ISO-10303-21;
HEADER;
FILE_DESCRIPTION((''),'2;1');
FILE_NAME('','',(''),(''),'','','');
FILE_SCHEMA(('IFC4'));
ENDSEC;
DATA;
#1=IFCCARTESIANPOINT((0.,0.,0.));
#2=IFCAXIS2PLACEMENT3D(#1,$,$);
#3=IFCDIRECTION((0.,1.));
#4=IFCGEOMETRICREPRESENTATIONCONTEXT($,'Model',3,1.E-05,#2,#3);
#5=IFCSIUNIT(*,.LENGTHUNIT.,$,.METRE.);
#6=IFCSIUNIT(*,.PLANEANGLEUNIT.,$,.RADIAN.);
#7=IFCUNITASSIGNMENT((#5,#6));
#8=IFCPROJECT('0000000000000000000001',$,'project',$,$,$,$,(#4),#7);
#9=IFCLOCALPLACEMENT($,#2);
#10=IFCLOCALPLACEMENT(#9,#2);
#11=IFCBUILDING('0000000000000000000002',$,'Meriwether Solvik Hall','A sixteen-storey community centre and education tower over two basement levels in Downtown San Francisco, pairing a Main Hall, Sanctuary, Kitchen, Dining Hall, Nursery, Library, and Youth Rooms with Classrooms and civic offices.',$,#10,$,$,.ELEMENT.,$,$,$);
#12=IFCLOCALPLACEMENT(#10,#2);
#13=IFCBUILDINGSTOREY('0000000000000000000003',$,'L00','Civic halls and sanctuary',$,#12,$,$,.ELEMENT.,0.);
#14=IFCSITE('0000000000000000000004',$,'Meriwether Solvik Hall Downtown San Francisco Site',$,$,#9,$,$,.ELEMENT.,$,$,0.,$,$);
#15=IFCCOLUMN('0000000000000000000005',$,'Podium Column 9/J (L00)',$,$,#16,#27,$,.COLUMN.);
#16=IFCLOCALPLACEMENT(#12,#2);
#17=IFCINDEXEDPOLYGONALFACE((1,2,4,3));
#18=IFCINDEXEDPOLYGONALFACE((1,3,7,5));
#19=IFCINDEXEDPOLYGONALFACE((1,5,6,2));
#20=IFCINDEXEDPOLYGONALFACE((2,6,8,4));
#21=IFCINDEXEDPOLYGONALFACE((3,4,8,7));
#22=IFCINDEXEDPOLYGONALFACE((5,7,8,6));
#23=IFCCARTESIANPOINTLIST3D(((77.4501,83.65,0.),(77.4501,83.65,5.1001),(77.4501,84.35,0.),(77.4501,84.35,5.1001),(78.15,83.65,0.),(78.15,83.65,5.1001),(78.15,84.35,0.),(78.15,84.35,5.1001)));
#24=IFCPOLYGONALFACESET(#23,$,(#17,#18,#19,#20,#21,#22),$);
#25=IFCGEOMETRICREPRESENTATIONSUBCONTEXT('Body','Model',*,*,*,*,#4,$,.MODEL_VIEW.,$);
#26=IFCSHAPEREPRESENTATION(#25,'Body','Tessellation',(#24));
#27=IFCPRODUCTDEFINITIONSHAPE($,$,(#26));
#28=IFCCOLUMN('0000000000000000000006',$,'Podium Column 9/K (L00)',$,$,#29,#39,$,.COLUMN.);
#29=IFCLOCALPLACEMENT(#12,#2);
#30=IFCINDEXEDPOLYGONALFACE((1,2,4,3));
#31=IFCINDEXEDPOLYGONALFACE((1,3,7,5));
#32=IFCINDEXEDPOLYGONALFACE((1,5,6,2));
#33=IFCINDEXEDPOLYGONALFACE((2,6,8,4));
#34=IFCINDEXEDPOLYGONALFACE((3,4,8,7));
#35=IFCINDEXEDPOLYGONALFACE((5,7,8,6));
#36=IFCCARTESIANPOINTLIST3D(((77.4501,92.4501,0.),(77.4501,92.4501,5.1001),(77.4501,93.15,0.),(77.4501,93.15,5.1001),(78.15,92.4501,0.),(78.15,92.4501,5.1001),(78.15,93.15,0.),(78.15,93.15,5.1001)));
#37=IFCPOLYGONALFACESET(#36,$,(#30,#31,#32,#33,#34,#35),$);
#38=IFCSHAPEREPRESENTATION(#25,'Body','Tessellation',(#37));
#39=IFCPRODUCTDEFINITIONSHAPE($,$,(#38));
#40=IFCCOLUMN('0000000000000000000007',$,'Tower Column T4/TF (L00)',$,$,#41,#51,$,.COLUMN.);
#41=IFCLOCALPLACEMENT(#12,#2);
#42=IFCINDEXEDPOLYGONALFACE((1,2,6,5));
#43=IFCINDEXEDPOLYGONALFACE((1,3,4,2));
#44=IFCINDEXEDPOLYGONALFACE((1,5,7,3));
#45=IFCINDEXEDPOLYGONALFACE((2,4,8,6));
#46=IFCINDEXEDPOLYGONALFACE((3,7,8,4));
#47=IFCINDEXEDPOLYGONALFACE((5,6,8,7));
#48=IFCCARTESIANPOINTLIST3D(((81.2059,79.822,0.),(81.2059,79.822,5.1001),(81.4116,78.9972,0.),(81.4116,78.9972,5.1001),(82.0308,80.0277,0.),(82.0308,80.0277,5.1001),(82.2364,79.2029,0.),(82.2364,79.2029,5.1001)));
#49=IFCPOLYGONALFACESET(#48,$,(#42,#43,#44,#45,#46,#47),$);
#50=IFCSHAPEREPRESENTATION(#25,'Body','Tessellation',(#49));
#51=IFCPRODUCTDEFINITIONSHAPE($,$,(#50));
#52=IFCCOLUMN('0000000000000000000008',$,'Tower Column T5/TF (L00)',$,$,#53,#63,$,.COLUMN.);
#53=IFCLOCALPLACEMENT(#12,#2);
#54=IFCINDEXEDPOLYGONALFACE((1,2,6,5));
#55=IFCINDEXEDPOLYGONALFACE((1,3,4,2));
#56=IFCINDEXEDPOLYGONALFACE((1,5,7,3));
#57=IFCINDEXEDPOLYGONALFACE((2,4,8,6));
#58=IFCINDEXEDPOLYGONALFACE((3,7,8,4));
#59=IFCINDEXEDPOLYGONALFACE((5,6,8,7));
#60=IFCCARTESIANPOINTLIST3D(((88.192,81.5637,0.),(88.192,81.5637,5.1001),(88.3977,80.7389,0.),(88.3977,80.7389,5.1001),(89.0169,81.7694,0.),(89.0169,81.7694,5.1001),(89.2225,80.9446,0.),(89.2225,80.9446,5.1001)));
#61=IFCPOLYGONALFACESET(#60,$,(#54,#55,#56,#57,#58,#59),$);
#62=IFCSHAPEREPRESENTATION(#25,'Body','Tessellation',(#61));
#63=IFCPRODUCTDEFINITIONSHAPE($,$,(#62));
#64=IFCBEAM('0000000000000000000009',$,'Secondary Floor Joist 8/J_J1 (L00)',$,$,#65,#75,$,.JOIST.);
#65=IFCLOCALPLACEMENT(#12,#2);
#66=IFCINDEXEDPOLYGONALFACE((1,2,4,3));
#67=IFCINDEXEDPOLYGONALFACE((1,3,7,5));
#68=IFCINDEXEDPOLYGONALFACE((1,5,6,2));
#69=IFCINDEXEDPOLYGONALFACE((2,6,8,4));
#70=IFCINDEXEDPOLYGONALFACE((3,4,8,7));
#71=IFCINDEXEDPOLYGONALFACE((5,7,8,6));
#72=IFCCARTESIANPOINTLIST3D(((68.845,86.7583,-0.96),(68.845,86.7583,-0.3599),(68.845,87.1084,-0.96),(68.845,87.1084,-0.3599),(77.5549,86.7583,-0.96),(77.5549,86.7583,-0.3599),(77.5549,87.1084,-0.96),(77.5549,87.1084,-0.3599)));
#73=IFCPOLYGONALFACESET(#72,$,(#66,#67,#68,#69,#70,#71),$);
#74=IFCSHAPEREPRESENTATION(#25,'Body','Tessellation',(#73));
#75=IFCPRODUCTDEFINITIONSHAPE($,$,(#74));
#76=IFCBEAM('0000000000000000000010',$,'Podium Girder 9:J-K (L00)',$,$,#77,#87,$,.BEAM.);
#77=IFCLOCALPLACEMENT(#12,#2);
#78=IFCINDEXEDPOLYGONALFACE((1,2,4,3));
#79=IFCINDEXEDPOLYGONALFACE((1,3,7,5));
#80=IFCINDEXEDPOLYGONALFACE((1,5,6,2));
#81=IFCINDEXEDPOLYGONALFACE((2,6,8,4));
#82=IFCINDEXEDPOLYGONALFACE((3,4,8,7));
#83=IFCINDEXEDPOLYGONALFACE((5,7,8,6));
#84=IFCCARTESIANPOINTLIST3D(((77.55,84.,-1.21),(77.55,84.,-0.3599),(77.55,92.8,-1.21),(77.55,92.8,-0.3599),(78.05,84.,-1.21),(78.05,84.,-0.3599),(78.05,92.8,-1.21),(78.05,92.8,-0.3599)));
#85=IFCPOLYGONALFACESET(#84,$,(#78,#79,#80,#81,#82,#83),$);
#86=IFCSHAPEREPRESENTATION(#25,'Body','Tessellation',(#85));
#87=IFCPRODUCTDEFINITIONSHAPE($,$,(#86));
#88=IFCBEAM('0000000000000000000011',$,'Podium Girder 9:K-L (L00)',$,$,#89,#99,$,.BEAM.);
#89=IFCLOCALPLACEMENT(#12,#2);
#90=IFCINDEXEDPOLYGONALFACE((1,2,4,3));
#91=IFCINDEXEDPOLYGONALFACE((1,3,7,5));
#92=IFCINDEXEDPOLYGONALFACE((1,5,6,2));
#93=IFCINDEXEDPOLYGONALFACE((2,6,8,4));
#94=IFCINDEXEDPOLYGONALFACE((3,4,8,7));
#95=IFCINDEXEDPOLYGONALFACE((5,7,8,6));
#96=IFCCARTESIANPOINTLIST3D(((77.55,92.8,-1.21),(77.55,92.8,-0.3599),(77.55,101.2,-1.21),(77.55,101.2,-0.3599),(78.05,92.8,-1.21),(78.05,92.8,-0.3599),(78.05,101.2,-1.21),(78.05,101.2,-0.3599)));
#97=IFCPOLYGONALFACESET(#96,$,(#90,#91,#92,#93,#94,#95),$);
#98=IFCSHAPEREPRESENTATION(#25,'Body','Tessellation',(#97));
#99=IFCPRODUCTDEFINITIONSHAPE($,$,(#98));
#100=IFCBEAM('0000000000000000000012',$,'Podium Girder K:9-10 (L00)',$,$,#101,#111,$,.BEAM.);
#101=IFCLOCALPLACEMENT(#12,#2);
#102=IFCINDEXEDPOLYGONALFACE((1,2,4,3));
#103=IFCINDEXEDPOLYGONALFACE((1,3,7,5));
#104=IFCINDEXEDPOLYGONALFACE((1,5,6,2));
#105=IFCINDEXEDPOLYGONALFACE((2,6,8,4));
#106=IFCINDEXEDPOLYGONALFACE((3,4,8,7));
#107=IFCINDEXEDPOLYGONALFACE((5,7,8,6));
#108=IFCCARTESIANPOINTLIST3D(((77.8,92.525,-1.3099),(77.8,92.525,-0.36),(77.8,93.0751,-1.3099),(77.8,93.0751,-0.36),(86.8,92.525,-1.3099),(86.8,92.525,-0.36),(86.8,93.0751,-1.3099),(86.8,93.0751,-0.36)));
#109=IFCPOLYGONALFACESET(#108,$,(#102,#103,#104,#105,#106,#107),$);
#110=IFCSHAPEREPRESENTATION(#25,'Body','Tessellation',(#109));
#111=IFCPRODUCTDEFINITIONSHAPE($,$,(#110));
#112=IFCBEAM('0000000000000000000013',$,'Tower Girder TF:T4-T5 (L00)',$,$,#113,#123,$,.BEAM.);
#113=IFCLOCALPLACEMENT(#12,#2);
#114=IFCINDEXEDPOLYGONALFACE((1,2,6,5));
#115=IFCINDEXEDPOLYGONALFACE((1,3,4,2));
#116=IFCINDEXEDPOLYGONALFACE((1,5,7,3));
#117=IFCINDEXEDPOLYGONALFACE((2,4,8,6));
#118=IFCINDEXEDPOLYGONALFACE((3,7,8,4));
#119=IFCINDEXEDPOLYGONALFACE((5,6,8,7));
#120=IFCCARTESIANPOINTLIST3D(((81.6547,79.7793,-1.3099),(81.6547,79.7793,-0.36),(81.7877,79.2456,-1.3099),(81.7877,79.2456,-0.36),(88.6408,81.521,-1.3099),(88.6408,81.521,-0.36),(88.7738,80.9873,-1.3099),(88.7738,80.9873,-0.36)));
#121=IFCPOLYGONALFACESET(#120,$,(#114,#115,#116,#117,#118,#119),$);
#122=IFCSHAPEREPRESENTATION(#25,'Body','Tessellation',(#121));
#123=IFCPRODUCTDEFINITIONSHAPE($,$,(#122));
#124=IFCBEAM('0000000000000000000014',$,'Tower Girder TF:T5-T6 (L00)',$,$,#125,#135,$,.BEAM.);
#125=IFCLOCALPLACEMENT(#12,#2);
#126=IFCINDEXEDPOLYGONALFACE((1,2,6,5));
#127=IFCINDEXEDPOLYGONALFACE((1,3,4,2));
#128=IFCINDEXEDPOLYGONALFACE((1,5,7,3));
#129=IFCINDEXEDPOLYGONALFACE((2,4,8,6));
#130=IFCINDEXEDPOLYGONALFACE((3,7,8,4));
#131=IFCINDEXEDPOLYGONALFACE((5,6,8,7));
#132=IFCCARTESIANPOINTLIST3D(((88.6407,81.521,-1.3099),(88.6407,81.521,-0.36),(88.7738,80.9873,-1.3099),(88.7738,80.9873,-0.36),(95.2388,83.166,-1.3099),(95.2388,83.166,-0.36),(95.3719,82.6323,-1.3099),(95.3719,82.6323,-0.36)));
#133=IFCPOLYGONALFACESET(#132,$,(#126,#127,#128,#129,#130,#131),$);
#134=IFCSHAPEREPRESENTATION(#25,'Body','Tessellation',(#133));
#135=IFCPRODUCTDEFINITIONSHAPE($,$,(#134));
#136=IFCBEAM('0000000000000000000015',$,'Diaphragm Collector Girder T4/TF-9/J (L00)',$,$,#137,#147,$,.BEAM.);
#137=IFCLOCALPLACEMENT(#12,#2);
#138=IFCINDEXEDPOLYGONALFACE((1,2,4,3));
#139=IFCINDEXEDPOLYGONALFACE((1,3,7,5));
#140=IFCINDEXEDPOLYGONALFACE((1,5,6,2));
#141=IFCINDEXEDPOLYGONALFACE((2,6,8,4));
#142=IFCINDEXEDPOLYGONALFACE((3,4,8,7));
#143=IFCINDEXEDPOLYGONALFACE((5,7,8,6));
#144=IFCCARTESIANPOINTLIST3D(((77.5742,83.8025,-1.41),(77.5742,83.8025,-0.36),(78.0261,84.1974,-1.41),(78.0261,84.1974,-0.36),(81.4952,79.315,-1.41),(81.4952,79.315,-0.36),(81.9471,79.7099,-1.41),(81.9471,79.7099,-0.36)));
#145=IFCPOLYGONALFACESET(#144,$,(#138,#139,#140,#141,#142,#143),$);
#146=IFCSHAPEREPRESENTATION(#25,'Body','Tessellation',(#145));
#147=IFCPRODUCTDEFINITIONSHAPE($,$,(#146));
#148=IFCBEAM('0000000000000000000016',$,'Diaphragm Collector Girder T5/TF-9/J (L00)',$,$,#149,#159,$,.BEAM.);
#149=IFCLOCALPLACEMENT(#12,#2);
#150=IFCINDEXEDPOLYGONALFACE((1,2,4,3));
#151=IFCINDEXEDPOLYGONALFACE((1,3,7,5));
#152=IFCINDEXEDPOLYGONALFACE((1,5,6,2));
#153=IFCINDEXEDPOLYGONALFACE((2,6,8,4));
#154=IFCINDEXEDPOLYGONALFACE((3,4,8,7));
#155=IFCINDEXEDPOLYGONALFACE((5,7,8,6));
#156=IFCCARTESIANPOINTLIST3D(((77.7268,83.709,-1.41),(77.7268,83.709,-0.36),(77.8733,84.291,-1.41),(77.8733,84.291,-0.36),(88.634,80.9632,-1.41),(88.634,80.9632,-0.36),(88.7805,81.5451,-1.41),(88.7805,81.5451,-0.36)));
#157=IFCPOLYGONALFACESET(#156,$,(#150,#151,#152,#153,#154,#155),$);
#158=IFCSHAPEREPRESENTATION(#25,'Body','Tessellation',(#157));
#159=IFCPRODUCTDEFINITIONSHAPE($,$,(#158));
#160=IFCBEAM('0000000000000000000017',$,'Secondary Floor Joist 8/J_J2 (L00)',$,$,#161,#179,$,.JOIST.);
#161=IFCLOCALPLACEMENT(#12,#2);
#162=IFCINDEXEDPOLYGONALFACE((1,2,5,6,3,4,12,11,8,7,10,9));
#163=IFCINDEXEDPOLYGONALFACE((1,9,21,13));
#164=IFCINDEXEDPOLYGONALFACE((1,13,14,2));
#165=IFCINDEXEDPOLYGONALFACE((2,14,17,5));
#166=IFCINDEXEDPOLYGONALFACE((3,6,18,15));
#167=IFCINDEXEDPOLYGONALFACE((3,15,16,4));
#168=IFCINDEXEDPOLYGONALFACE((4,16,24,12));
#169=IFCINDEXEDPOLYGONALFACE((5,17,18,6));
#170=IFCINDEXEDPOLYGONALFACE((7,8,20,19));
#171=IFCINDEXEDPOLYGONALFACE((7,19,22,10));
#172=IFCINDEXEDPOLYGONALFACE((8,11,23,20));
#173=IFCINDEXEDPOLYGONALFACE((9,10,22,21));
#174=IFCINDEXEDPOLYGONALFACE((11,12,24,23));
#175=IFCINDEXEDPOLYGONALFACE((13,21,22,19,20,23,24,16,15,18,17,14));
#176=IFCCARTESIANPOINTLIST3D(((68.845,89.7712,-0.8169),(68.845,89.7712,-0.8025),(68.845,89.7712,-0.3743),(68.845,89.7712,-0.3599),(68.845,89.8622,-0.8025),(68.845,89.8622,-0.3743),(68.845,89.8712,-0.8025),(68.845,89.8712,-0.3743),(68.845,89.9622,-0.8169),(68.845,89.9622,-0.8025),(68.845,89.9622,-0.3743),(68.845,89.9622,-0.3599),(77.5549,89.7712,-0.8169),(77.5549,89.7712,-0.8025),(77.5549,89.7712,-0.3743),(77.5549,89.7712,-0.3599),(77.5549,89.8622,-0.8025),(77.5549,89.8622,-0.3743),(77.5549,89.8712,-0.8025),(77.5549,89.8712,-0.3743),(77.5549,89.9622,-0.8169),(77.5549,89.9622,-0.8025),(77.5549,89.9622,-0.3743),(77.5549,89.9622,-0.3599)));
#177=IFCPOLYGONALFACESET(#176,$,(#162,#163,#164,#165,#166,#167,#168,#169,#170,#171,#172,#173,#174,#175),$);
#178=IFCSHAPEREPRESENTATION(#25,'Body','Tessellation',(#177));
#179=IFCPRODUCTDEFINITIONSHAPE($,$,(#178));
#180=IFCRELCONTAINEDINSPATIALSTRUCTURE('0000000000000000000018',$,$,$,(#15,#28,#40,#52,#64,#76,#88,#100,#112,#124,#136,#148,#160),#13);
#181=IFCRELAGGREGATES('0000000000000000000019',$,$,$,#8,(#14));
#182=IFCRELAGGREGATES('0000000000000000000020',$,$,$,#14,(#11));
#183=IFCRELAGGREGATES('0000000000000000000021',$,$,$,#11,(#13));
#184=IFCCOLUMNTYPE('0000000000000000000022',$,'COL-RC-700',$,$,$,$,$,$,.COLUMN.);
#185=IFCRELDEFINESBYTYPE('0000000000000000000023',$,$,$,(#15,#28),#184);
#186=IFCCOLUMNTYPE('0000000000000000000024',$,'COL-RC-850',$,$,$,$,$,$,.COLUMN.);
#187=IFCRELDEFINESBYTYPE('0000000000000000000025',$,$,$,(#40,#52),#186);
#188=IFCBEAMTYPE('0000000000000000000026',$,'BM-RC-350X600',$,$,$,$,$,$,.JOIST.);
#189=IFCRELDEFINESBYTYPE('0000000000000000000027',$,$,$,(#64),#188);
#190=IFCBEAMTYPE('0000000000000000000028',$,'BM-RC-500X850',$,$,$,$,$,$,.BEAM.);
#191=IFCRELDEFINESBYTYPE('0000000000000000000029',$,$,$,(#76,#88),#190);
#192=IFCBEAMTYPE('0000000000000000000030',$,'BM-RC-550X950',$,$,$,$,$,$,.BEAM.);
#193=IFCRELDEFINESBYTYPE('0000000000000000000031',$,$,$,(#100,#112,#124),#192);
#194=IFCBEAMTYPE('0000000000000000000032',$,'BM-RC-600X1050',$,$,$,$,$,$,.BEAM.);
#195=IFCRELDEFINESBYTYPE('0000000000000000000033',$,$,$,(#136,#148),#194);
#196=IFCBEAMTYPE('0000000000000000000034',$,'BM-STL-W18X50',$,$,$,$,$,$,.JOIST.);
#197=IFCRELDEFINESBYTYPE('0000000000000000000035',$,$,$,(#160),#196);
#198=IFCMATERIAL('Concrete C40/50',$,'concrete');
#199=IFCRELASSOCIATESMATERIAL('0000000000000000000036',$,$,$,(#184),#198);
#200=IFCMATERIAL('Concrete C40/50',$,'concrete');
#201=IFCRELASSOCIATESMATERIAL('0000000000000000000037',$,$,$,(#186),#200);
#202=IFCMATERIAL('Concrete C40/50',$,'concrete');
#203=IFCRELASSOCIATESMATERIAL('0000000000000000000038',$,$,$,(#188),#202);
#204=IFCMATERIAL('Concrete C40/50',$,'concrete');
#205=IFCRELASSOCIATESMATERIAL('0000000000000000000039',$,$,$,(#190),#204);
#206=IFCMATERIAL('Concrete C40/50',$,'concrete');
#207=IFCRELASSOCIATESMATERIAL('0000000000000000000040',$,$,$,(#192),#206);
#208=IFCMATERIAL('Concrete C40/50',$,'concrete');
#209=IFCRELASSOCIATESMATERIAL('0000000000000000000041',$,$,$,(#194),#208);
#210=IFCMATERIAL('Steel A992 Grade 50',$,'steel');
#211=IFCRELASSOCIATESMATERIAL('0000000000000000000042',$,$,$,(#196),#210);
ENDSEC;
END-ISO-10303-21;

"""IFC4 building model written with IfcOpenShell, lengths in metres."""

from ifc_helpers import new_model, si_unit, direction, frame, origin, origin_2d, place, context, subcontext, project, spatial, rectangle, i_section, extrude, material, material_profile, profile_set, type_object, element, save


model = new_model("IFC4")

# Units and contexts
model_context = context("Model", 3, precision=1e-05, world=origin(), true_north=direction((0.0, 1.0)))
body_context = subcontext(model_context, "Body", "Model", "MODEL_VIEW")
ifc_project = project(units=[si_unit("LENGTHUNIT", "METRE"), si_unit("PLANEANGLEUNIT", "RADIAN")], contexts=[model_context])

# Site, building, storey
site_placement = place(None, origin())
site = spatial("IfcSite", under=ifc_project, at=site_placement, Name="Meriwether Solvik Hall Downtown San Francisco Site", CompositionType="ELEMENT", RefElevation=0.0)
building_placement = place(site_placement, origin())
building = spatial("IfcBuilding", under=site, at=building_placement, Name="Meriwether Solvik Hall", Description="A sixteen-storey community centre and education tower over two basement levels in Downtown San Francisco, pairing a Main Hall, Sanctuary, Kitchen, Dining Hall, Nursery, Library, and Youth Rooms with Classrooms and civic offices.", CompositionType="ELEMENT")
storey_placement = place(building_placement, origin())
storey = spatial("IfcBuildingStorey", under=building, at=storey_placement, Name="L00", Description="Civic halls and sanctuary", CompositionType="ELEMENT", Elevation=0.0)

# Columns
ifc_material_1 = material(Name="Concrete C40/50", Category="concrete")
ifc_material_profile_1 = material_profile(ifc_material_1, rectangle(XDim=0.7, YDim=0.7, at=origin_2d()), Name="RCC-700X700")
ifc_profile_set_1 = profile_set([ifc_material_profile_1], Name="Concrete C40/50")
column_type_1 = type_object("IfcColumnType", Name="COL-RC-700", PredefinedType="COLUMN", material=ifc_profile_set_1)
for number, where, z_axis, x_axis, name in (
    (1, (77.8, 84.0, 0.0), (0.0, 0.0, 1.0), (1.0, 0.0, 0.0), "Podium Column 9/J (L00)"),
    (2, (77.8, 92.8, 0.0), (0.0, 0.0, 1.0), (1.0, 0.0, 0.0), "Podium Column 9/K (L00)"),
):
    element("IfcColumn", number, at=place(storey_placement, frame(where, z_axis=z_axis, x_axis=x_axis)), inside=storey, type_object=column_type_1, Name=name, PredefinedType="COLUMN", context=body_context, shape_type="SweptSolid", body=[
        extrude(rectangle(XDim=0.7, YDim=0.7, at=origin_2d()), origin(), (0.0, 0.0, 1.0), 5.1001),
    ])
ifc_material_2 = material(Name="Concrete C40/50", Category="concrete")
ifc_material_profile_2 = material_profile(ifc_material_2, rectangle(XDim=0.8501, YDim=0.8501, at=origin_2d()), Name="RCC-850X850")
ifc_profile_set_2 = profile_set([ifc_material_profile_2], Name="Concrete C40/50")
column_type_2 = type_object("IfcColumnType", Name="COL-RC-850", PredefinedType="COLUMN", material=ifc_profile_set_2)
for number, where, z_axis, x_axis, name in (
    (3, (81.7212, 79.5125, 0.0), (0.0, 0.0, 1.0), (0.970296, 0.241922, 0.0), "Tower Column T4/TF (L00)"),
    (4, (88.7073, 81.2542, 0.0), (0.0, 0.0, 1.0), (0.970296, 0.241922, 0.0), "Tower Column T5/TF (L00)"),
):
    element("IfcColumn", number, at=place(storey_placement, frame(where, z_axis=z_axis, x_axis=x_axis)), inside=storey, type_object=column_type_2, Name=name, PredefinedType="COLUMN", context=body_context, shape_type="SweptSolid", body=[
        extrude(rectangle(XDim=0.8501, YDim=0.8501, at=origin_2d()), origin(), (0.0, 0.0, 1.0), 5.1001),
    ])

# Beams
ifc_material_3 = material(Name="Concrete C40/50", Category="concrete")
ifc_material_profile_3 = material_profile(ifc_material_3, rectangle(XDim=0.3501, YDim=0.6001, at=origin_2d()), Name="RCB-350X600")
ifc_profile_set_3 = profile_set([ifc_material_profile_3], Name="Concrete C40/50")
beam_type_1 = type_object("IfcBeamType", Name="BM-RC-350X600", PredefinedType="JOIST", material=ifc_profile_set_3)
beam_1_placement = place(storey_placement, frame((68.845, 86.9333, -0.6599), z_axis=(1.0, 0.0, 0.0), x_axis=(0.0, 1.0, 0.0)))
element("IfcBeam", 5, at=beam_1_placement, inside=storey, type_object=beam_type_1, Name="Secondary Floor Joist 8/J_J1 (L00)", PredefinedType="JOIST", context=body_context, shape_type="SweptSolid", body=[
    extrude(rectangle(XDim=0.3501, YDim=0.6001, at=origin_2d()), origin(), (0.0, 0.0, 1.0), 8.71),
])
ifc_material_4 = material(Name="Concrete C40/50", Category="concrete")
ifc_material_profile_4 = material_profile(ifc_material_4, rectangle(XDim=0.5, YDim=0.8501, at=origin_2d()), Name="RCB-500X850")
ifc_profile_set_4 = profile_set([ifc_material_profile_4], Name="Concrete C40/50")
beam_type_2 = type_object("IfcBeamType", Name="BM-RC-500X850", PredefinedType="BEAM", material=ifc_profile_set_4)
beam_2_placement = place(storey_placement, frame((77.8, 84.0, -0.7849), z_axis=(0.0, 1.0, 0.0), x_axis=(-1.0, 0.0, 0.0)))
element("IfcBeam", 6, at=beam_2_placement, inside=storey, type_object=beam_type_2, Name="Podium Girder 9:J-K (L00)", PredefinedType="BEAM", context=body_context, shape_type="SweptSolid", body=[
    extrude(rectangle(XDim=0.5, YDim=0.8501, at=origin_2d()), origin(), (0.0, 0.0, 1.0), 8.8),
])
beam_3_placement = place(storey_placement, frame((77.8, 92.8, -0.7849), z_axis=(0.0, 1.0, 0.0), x_axis=(-1.0, 0.0, 0.0)))
element("IfcBeam", 7, at=beam_3_placement, inside=storey, type_object=beam_type_2, Name="Podium Girder 9:K-L (L00)", PredefinedType="BEAM", context=body_context, shape_type="SweptSolid", body=[
    extrude(rectangle(XDim=0.5, YDim=0.8501, at=origin_2d()), origin(), (0.0, 0.0, 1.0), 8.3999),
])
ifc_material_5 = material(Name="Concrete C40/50", Category="concrete")
ifc_material_profile_5 = material_profile(ifc_material_5, rectangle(XDim=0.55, YDim=0.95, at=origin_2d()), Name="RCB-550X950")
ifc_profile_set_5 = profile_set([ifc_material_profile_5], Name="Concrete C40/50")
beam_type_3 = type_object("IfcBeamType", Name="BM-RC-550X950", PredefinedType="BEAM", material=ifc_profile_set_5)
beam_4_placement = place(storey_placement, frame((77.8, 92.8, -0.835), z_axis=(1.0, 0.0, 0.0), x_axis=(0.0, 1.0, 0.0)))
element("IfcBeam", 8, at=beam_4_placement, inside=storey, type_object=beam_type_3, Name="Podium Girder K:9-10 (L00)", PredefinedType="BEAM", context=body_context, shape_type="SweptSolid", body=[
    extrude(rectangle(XDim=0.55, YDim=0.95, at=origin_2d()), origin(), (0.0, 0.0, 1.0), 9.0),
])
beam_5_placement = place(storey_placement, frame((81.7212, 79.5125, -0.835), z_axis=(0.9703, 0.241905, 0.0), x_axis=(-0.241905, 0.9703, 0.0)))
element("IfcBeam", 9, at=beam_5_placement, inside=storey, type_object=beam_type_3, Name="Tower Girder TF:T4-T5 (L00)", PredefinedType="BEAM", context=body_context, shape_type="SweptSolid", body=[
    extrude(rectangle(XDim=0.55, YDim=0.95, at=origin_2d()), origin(), (0.0, 0.0, 1.0), 7.2),
])
beam_6_placement = place(storey_placement, frame((88.7073, 81.2542, -0.835), z_axis=(0.970299, 0.24191, 0.0), x_axis=(-0.24191, 0.970299, 0.0)))
element("IfcBeam", 10, at=beam_6_placement, inside=storey, type_object=beam_type_3, Name="Tower Girder TF:T5-T6 (L00)", PredefinedType="BEAM", context=body_context, shape_type="SweptSolid", body=[
    extrude(rectangle(XDim=0.55, YDim=0.95, at=origin_2d()), origin(), (0.0, 0.0, 1.0), 6.8),
])
ifc_material_6 = material(Name="Concrete C40/50", Category="concrete")
ifc_material_profile_6 = material_profile(ifc_material_6, rectangle(XDim=0.6001, YDim=1.05, at=origin_2d()), Name="RCB-600X1050")
ifc_profile_set_6 = profile_set([ifc_material_profile_6], Name="Concrete C40/50")
beam_type_4 = type_object("IfcBeamType", Name="BM-RC-600X1050", PredefinedType="BEAM", material=ifc_profile_set_6)
beam_7_placement = place(storey_placement, frame((81.7212, 79.5125, -0.885), z_axis=(-0.657985, 0.753031, 0.0), x_axis=(-0.753031, -0.657985, 0.0)))
element("IfcBeam", 11, at=beam_7_placement, inside=storey, type_object=beam_type_4, Name="Diaphragm Collector Girder T4/TF-9/J (L00)", PredefinedType="BEAM", context=body_context, shape_type="SweptSolid", body=[
    extrude(rectangle(XDim=0.6001, YDim=1.05, at=origin_2d()), origin(), (0.0, 0.0, 1.0), 5.9592),
])
beam_8_placement = place(storey_placement, frame((88.7073, 81.2542, -0.885), z_axis=(-0.969743, 0.244129, 0.0), x_axis=(-0.244129, -0.969743, 0.0)))
element("IfcBeam", 12, at=beam_8_placement, inside=storey, type_object=beam_type_4, Name="Diaphragm Collector Girder T5/TF-9/J (L00)", PredefinedType="BEAM", context=body_context, shape_type="SweptSolid", body=[
    extrude(rectangle(XDim=0.6001, YDim=1.05, at=origin_2d()), origin(), (0.0, 0.0, 1.0), 11.2476),
])
ifc_material_7 = material(Name="Steel A992 Grade 50", Category="steel")
ifc_material_profile_7 = material_profile(ifc_material_7, i_section(OverallWidth=0.1909, OverallDepth=0.457, WebThickness=0.009, FlangeThickness=0.0144, at=origin_2d()), Name="W18X50")
ifc_profile_set_7 = profile_set([ifc_material_profile_7], Name="Steel A992 Grade 50")
beam_type_5 = type_object("IfcBeamType", Name="BM-STL-W18X50", PredefinedType="JOIST", material=ifc_profile_set_7)
beam_9_placement = place(storey_placement, frame((68.845, 89.8667, -0.5884), z_axis=(1.0, 0.0, 0.0), x_axis=(0.0, 1.0, 0.0)))
element("IfcBeam", 13, at=beam_9_placement, inside=storey, type_object=beam_type_5, Name="Secondary Floor Joist 8/J_J2 (L00)", PredefinedType="JOIST", context=body_context, shape_type="SweptSolid", body=[
    extrude(i_section(OverallWidth=0.1909, OverallDepth=0.457, WebThickness=0.009, FlangeThickness=0.0144, at=origin_2d()), origin(), (0.0, 0.0, 1.0), 8.71),
])

save(model, "model.ifc")
